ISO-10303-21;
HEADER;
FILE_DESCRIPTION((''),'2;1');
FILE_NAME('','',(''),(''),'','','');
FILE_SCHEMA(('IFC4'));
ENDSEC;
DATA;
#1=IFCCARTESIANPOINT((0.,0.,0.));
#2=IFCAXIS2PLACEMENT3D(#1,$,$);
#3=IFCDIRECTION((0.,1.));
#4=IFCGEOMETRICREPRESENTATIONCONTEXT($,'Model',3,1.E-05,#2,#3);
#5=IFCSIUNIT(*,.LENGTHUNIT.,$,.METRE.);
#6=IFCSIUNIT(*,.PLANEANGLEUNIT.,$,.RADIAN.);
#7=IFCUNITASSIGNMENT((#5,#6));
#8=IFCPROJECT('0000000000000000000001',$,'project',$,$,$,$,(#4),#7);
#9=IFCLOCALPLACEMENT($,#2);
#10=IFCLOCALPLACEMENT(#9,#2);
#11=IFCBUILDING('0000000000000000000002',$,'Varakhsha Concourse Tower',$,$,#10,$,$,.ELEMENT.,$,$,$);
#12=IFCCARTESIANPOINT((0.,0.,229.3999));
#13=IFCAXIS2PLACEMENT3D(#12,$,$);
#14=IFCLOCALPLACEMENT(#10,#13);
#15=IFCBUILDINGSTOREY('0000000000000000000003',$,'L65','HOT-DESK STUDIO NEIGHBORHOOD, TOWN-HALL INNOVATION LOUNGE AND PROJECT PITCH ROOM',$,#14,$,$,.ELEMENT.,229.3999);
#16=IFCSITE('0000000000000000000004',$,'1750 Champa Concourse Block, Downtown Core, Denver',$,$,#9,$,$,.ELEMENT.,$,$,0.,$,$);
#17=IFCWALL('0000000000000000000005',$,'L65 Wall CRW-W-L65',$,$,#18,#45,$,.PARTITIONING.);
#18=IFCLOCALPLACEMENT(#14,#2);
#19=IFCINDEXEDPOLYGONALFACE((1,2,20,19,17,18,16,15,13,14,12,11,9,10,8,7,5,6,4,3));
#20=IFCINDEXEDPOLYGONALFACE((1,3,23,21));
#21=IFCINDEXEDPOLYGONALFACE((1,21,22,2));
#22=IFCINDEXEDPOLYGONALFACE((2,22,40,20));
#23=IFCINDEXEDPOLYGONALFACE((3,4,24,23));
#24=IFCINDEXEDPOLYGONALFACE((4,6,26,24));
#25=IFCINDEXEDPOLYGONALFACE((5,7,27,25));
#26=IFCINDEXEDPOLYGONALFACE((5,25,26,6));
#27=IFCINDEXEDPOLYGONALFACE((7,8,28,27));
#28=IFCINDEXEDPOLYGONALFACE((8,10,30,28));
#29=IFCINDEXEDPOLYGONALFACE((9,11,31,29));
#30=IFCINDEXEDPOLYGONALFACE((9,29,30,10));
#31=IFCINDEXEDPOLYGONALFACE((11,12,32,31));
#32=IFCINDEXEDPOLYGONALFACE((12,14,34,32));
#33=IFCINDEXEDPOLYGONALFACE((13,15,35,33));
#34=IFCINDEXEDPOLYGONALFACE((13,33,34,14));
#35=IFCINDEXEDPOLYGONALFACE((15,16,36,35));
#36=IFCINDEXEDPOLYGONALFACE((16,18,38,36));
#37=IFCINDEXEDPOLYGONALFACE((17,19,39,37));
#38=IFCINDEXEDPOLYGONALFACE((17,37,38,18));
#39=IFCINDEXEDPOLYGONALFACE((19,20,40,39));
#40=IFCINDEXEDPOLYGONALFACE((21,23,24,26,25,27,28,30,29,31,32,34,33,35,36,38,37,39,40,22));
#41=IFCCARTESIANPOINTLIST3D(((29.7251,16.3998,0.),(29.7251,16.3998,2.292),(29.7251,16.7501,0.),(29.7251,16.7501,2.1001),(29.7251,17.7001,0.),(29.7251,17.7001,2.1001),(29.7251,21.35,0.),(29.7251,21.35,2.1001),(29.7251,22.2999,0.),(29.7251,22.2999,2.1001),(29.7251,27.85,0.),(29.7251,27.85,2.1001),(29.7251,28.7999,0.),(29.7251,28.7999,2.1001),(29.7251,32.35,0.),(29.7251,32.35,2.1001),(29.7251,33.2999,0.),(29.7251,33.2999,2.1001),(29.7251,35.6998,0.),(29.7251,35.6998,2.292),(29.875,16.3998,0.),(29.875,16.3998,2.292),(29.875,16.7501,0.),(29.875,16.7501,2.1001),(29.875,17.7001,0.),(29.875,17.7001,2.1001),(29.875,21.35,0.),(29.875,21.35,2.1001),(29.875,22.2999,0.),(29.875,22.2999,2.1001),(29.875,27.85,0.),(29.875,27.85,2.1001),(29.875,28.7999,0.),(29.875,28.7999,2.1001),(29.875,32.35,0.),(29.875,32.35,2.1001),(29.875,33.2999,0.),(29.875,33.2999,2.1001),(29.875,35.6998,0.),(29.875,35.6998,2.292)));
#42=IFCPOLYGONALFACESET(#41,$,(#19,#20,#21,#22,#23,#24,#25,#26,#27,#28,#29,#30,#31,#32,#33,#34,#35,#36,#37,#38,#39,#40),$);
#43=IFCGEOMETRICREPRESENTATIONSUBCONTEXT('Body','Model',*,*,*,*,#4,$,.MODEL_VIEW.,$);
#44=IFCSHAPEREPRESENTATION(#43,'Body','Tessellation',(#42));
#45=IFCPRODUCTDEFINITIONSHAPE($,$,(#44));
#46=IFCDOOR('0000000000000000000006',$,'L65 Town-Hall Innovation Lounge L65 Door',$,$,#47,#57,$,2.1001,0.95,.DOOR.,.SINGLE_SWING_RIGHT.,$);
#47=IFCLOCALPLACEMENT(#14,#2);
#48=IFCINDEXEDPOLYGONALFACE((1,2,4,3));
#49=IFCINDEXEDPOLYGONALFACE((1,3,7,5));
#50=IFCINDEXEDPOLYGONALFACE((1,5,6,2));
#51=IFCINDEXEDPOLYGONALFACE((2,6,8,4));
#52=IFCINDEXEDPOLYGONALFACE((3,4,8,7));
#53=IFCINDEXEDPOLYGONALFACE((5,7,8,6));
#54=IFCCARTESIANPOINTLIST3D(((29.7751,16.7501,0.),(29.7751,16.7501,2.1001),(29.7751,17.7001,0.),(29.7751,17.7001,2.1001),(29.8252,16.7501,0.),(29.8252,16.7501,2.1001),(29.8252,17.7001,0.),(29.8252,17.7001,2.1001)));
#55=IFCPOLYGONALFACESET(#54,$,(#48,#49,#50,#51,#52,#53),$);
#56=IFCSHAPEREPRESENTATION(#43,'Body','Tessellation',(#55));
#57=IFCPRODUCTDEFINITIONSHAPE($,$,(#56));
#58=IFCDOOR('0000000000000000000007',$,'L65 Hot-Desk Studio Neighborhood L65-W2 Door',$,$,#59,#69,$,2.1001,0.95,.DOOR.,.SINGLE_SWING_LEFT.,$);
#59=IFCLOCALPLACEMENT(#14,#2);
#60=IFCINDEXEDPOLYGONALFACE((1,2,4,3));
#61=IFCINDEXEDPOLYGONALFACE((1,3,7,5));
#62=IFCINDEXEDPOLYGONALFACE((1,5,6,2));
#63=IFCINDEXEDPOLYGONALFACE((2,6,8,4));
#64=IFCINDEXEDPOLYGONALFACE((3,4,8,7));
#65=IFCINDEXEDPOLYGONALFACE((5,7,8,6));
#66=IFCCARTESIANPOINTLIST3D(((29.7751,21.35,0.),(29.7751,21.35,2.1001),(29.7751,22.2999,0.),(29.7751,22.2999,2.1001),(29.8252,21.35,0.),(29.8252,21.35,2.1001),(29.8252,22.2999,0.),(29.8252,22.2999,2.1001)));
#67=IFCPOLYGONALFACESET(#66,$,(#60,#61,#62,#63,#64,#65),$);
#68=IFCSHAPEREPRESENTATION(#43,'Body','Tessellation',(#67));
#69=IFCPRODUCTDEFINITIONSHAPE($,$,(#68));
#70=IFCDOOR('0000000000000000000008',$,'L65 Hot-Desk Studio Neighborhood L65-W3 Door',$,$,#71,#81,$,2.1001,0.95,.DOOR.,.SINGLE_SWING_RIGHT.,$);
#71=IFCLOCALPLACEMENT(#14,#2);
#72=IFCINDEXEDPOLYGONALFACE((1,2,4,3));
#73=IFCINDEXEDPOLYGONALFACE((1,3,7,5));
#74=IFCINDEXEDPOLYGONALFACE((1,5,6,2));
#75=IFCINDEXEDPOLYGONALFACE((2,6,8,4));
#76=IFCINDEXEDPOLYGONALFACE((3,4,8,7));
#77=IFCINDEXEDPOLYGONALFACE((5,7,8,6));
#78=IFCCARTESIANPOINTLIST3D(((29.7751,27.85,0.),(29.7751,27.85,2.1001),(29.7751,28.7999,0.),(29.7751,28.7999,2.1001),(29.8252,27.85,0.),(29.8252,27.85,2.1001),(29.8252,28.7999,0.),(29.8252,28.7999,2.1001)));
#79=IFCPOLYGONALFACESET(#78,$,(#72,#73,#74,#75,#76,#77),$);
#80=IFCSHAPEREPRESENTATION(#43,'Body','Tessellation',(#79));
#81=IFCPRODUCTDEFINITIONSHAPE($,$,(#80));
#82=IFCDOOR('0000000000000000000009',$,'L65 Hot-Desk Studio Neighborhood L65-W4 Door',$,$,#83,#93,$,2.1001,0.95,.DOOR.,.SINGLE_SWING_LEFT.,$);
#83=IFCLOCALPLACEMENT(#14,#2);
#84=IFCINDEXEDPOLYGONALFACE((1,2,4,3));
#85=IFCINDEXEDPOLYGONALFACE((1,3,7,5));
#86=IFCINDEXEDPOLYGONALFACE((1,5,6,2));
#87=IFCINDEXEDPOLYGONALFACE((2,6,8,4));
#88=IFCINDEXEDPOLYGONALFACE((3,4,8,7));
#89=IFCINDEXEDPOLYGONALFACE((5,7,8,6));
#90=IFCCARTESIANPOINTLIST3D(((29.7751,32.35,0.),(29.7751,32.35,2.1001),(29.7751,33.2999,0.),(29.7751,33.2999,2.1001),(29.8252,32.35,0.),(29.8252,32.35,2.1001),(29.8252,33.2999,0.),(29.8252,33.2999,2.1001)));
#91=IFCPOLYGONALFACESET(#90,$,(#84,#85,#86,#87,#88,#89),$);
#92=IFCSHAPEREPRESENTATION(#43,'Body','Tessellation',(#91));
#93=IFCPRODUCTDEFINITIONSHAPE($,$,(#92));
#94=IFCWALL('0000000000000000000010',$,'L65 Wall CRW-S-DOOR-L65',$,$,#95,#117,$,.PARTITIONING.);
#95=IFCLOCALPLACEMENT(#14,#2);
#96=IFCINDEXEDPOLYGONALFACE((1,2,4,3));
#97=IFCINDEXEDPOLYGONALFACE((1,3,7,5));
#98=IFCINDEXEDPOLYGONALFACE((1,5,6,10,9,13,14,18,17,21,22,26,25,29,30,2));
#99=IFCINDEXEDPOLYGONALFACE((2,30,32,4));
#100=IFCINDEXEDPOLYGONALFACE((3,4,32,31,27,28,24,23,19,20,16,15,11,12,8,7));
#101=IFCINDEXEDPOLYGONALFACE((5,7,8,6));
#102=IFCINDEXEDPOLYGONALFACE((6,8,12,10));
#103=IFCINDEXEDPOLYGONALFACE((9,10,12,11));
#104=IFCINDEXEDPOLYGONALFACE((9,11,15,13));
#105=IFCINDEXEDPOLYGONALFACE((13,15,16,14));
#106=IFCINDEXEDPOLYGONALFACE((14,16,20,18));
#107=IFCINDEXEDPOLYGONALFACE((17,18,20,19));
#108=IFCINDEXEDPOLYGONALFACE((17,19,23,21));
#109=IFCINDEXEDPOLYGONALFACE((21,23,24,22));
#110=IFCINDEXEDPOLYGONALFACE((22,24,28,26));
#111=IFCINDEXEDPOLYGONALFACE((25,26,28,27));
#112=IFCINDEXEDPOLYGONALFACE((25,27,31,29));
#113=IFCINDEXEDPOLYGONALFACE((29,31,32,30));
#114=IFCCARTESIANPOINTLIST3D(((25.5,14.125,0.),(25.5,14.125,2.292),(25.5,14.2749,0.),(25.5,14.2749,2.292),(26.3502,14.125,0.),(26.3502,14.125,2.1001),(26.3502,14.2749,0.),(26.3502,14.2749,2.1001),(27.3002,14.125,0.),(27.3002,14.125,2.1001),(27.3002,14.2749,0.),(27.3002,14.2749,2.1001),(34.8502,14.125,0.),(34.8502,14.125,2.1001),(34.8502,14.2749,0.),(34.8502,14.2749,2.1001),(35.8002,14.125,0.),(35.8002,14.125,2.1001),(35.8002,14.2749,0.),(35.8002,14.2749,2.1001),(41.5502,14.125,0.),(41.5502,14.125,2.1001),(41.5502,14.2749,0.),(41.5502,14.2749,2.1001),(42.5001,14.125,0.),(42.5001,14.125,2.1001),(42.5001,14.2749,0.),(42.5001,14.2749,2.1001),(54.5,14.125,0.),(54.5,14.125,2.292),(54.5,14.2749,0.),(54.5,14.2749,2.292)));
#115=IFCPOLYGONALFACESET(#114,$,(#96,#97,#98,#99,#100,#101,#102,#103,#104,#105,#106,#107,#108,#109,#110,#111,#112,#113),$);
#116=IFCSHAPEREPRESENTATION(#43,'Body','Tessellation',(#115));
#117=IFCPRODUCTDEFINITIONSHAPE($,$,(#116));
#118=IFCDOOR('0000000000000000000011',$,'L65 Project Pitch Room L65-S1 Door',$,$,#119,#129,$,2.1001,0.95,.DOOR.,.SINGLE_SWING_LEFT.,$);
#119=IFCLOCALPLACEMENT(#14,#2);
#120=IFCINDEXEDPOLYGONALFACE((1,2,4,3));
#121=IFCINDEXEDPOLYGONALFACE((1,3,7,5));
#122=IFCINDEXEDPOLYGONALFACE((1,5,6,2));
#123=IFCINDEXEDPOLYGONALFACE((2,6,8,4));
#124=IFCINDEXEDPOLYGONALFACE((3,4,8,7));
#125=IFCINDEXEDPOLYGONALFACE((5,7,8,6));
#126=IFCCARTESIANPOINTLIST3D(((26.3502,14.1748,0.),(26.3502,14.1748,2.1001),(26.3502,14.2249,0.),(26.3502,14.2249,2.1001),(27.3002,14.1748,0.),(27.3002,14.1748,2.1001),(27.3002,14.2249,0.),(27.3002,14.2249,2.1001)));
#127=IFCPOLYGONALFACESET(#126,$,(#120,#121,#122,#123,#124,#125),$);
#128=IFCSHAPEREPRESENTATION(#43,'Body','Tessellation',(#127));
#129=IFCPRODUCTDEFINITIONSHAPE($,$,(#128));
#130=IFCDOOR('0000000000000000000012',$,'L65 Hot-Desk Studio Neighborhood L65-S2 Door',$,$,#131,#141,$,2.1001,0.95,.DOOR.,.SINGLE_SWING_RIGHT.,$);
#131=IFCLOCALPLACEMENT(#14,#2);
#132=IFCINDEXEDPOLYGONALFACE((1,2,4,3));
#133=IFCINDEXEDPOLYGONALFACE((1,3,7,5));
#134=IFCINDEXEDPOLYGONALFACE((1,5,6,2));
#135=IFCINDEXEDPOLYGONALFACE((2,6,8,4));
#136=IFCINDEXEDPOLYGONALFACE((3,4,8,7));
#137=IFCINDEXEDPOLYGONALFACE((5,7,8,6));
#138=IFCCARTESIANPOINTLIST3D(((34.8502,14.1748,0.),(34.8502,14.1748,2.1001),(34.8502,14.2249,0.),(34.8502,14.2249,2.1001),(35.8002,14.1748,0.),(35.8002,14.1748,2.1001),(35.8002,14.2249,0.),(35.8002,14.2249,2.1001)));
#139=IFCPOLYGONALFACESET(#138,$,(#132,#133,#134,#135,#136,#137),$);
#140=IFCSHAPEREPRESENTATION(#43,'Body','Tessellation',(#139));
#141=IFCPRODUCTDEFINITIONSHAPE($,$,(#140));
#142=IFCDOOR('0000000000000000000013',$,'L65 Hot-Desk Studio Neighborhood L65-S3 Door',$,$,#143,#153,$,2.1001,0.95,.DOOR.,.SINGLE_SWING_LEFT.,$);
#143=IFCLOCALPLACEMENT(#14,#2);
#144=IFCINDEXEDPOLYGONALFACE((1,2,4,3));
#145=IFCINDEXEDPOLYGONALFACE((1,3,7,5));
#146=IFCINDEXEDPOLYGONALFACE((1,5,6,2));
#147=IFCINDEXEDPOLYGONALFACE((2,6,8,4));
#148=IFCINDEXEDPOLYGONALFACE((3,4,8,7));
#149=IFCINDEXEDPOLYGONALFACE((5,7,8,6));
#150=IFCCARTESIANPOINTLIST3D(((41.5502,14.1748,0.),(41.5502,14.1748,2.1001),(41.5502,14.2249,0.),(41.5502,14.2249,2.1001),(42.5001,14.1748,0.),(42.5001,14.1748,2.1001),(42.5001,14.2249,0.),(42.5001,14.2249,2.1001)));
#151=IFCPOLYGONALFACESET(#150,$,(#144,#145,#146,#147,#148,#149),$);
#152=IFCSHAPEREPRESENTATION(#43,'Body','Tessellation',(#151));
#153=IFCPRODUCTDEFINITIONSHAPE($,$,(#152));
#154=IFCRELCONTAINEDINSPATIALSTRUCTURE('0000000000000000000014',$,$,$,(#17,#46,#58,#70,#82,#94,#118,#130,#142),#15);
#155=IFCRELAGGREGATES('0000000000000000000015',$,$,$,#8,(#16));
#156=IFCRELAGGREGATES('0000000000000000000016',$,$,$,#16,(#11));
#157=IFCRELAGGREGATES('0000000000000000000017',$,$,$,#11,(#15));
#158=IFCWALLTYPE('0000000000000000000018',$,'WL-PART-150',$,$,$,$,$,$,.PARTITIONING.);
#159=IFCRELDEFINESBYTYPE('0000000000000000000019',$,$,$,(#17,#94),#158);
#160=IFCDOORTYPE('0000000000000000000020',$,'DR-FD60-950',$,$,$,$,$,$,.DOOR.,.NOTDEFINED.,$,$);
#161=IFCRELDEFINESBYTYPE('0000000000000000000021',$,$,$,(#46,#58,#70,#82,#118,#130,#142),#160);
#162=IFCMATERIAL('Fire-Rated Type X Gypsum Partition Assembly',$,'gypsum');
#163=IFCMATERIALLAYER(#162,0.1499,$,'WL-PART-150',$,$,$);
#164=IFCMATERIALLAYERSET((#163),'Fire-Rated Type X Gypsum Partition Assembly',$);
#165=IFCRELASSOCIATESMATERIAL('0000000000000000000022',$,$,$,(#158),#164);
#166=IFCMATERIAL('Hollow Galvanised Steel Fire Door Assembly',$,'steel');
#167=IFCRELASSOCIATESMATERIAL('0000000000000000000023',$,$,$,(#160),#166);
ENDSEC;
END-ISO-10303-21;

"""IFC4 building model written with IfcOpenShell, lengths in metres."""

from ifc_helpers import new_model, si_unit, direction, frame, frame_2d, origin, place, context, subcontext, project, spatial, rectangle, extrude, material, layer, layer_set, type_object, element, fill, save


model = new_model("IFC4")

# Units and contexts
model_context = context("Model", 3, precision=1e-05, world=origin(), true_north=direction((0.0, 1.0)))
body_context = subcontext(model_context, "Body", "Model", "MODEL_VIEW")
ifc_project = project(units=[si_unit("LENGTHUNIT", "METRE"), si_unit("PLANEANGLEUNIT", "RADIAN")], contexts=[model_context])

# Site, building, storey
site_placement = place(None, origin())
site = spatial("IfcSite", under=ifc_project, at=site_placement, Name="1750 Champa Concourse Block, Downtown Core, Denver", CompositionType="ELEMENT", RefElevation=0.0)
building_placement = place(site_placement, origin())
building = spatial("IfcBuilding", under=site, at=building_placement, Name="Varakhsha Concourse Tower", CompositionType="ELEMENT")
storey_placement = place(building_placement, frame((0.0, 0.0, 229.3999)))
storey = spatial("IfcBuildingStorey", under=building, at=storey_placement, Name="L65", Description="HOT-DESK STUDIO NEIGHBORHOOD, TOWN-HALL INNOVATION LOUNGE AND PROJECT PITCH ROOM", CompositionType="ELEMENT", Elevation=229.3999)

# Walls, openings, doors
ifc_material_1 = material(Name="Fire-Rated Type X Gypsum Partition Assembly", Category="gypsum")
ifc_layer_1 = layer(ifc_material_1, 0.1499, Name="WL-PART-150")
ifc_layer_set_1 = layer_set([ifc_layer_1], Name="Fire-Rated Type X Gypsum Partition Assembly")
wall_type = type_object("IfcWallType", Name="WL-PART-150", PredefinedType="PARTITIONING", material=ifc_layer_set_1)
wall_1_placement = place(storey_placement, frame((29.8, 16.3999, 0.0), z_axis=(0.0, 0.0, 1.0), x_axis=(0.0, 1.0, 0.0)))
wall_1 = element("IfcWall", 1, at=wall_1_placement, inside=storey, type_object=wall_type, Name="L65 Wall CRW-W-L65", PredefinedType="PARTITIONING", context=body_context, shape_type="SweptSolid", body=[
    extrude(rectangle(XDim=19.3, YDim=0.1499, at=frame_2d((9.6499, 0.0))), origin(), (0.0, 0.0, 1.0), 2.292),
])
opening_1_placement = place(wall_1_placement, frame((0.3501, 0.0, 0.0)))
opening_1 = element("IfcOpeningElement", 2, at=opening_1_placement, cuts=wall_1, PredefinedType="OPENING", context=body_context, shape_type="SweptSolid", body=[
    extrude(rectangle(XDim=0.95, YDim=2.1001, at=frame_2d((0.4751, 1.05))), frame((0.0, 0.085, 0.0), z_axis=(0.0, -1.0, 0.0), x_axis=(1.0, 0.0, 0.0)), (0.0, 0.0, 1.0), 0.1699),
])
opening_2_placement = place(wall_1_placement, frame((4.95, 0.0, 0.0)))
opening_2 = element("IfcOpeningElement", 3, at=opening_2_placement, cuts=wall_1, PredefinedType="OPENING", context=body_context, shape_type="SweptSolid", body=[
    extrude(rectangle(XDim=0.95, YDim=2.1001, at=frame_2d((0.4751, 1.05))), frame((0.0, 0.085, 0.0), z_axis=(0.0, -1.0, 0.0), x_axis=(1.0, 0.0, 0.0)), (0.0, 0.0, 1.0), 0.1699),
])
opening_3_placement = place(wall_1_placement, frame((11.45, 0.0, 0.0)))
opening_3 = element("IfcOpeningElement", 4, at=opening_3_placement, cuts=wall_1, PredefinedType="OPENING", context=body_context, shape_type="SweptSolid", body=[
    extrude(rectangle(XDim=0.95, YDim=2.1001, at=frame_2d((0.4751, 1.05))), frame((0.0, 0.085, 0.0), z_axis=(0.0, -1.0, 0.0), x_axis=(1.0, 0.0, 0.0)), (0.0, 0.0, 1.0), 0.1699),
])
opening_4_placement = place(wall_1_placement, frame((15.95, 0.0, 0.0)))
opening_4 = element("IfcOpeningElement", 5, at=opening_4_placement, cuts=wall_1, PredefinedType="OPENING", context=body_context, shape_type="SweptSolid", body=[
    extrude(rectangle(XDim=0.95, YDim=2.1001, at=frame_2d((0.4751, 1.05))), frame((0.0, 0.085, 0.0), z_axis=(0.0, -1.0, 0.0), x_axis=(1.0, 0.0, 0.0)), (0.0, 0.0, 1.0), 0.1699),
])
ifc_material_2 = material(Name="Hollow Galvanised Steel Fire Door Assembly", Category="steel")
door_type = type_object("IfcDoorType", Name="DR-FD60-950", OperationType="NOTDEFINED", PredefinedType="DOOR", material=ifc_material_2)
door_1_placement = place(opening_1_placement, origin())
door_1 = element("IfcDoor", 6, at=door_1_placement, inside=storey, type_object=door_type, Name="L65 Town-Hall Innovation Lounge L65 Door", OperationType="SINGLE_SWING_RIGHT", OverallHeight=2.1001, OverallWidth=0.95, PredefinedType="DOOR", context=body_context, shape_type="SweptSolid", body=[
    extrude(rectangle(XDim=0.95, YDim=2.1001, at=frame_2d((0.4751, 1.05))), frame((0.0, 0.0249, 0.0), z_axis=(0.0, -1.0, 0.0), x_axis=(1.0, 0.0, 0.0)), (0.0, 0.0, 1.0), 0.05),
])
fill(opening_1, door_1)
door_2_placement = place(opening_2_placement, origin())
door_2 = element("IfcDoor", 7, at=door_2_placement, inside=storey, type_object=door_type, Name="L65 Hot-Desk Studio Neighborhood L65-W2 Door", OperationType="SINGLE_SWING_LEFT", OverallHeight=2.1001, OverallWidth=0.95, PredefinedType="DOOR", context=body_context, shape_type="SweptSolid", body=[
    extrude(rectangle(XDim=0.95, YDim=2.1001, at=frame_2d((0.4751, 1.05))), frame((0.0, 0.0249, 0.0), z_axis=(0.0, -1.0, 0.0), x_axis=(1.0, 0.0, 0.0)), (0.0, 0.0, 1.0), 0.05),
])
fill(opening_2, door_2)
door_3_placement = place(opening_3_placement, origin())
door_3 = element("IfcDoor", 8, at=door_3_placement, inside=storey, type_object=door_type, Name="L65 Hot-Desk Studio Neighborhood L65-W3 Door", OperationType="SINGLE_SWING_RIGHT", OverallHeight=2.1001, OverallWidth=0.95, PredefinedType="DOOR", context=body_context, shape_type="SweptSolid", body=[
    extrude(rectangle(XDim=0.95, YDim=2.1001, at=frame_2d((0.4751, 1.05))), frame((0.0, 0.0249, 0.0), z_axis=(0.0, -1.0, 0.0), x_axis=(1.0, 0.0, 0.0)), (0.0, 0.0, 1.0), 0.05),
])
fill(opening_3, door_3)
door_4_placement = place(opening_4_placement, origin())
door_4 = element("IfcDoor", 9, at=door_4_placement, inside=storey, type_object=door_type, Name="L65 Hot-Desk Studio Neighborhood L65-W4 Door", OperationType="SINGLE_SWING_LEFT", OverallHeight=2.1001, OverallWidth=0.95, PredefinedType="DOOR", context=body_context, shape_type="SweptSolid", body=[
    extrude(rectangle(XDim=0.95, YDim=2.1001, at=frame_2d((0.4751, 1.05))), frame((0.0, 0.0249, 0.0), z_axis=(0.0, -1.0, 0.0), x_axis=(1.0, 0.0, 0.0)), (0.0, 0.0, 1.0), 0.05),
])
fill(opening_4, door_4)
wall_2_placement = place(storey_placement, frame((25.5, 14.2, 0.0), z_axis=(0.0, 0.0, 1.0), x_axis=(1.0, 0.0, 0.0)))
wall_2 = element("IfcWall", 10, at=wall_2_placement, inside=storey, type_object=wall_type, Name="L65 Wall CRW-S-DOOR-L65", PredefinedType="PARTITIONING", context=body_context, shape_type="SweptSolid", body=[
    extrude(rectangle(XDim=29.0, YDim=0.1499, at=frame_2d((14.5, 0.0))), origin(), (0.0, 0.0, 1.0), 2.292),
])
opening_5_placement = place(wall_2_placement, frame((0.8501, 0.0, 0.0)))
opening_5 = element("IfcOpeningElement", 11, at=opening_5_placement, cuts=wall_2, PredefinedType="OPENING", context=body_context, shape_type="SweptSolid", body=[
    extrude(rectangle(XDim=0.95, YDim=2.1001, at=frame_2d((0.4751, 1.05))), frame((0.0, 0.085, 0.0), z_axis=(0.0, -1.0, 0.0), x_axis=(1.0, 0.0, 0.0)), (0.0, 0.0, 1.0), 0.1699),
])
opening_6_placement = place(wall_2_placement, frame((9.3501, 0.0, 0.0)))
opening_6 = element("IfcOpeningElement", 12, at=opening_6_placement, cuts=wall_2, PredefinedType="OPENING", context=body_context, shape_type="SweptSolid", body=[
    extrude(rectangle(XDim=0.95, YDim=2.1001, at=frame_2d((0.4751, 1.05))), frame((0.0, 0.085, 0.0), z_axis=(0.0, -1.0, 0.0), x_axis=(1.0, 0.0, 0.0)), (0.0, 0.0, 1.0), 0.1699),
])
opening_7_placement = place(wall_2_placement, frame((16.05, 0.0, 0.0)))
opening_7 = element("IfcOpeningElement", 13, at=opening_7_placement, cuts=wall_2, PredefinedType="OPENING", context=body_context, shape_type="SweptSolid", body=[
    extrude(rectangle(XDim=0.95, YDim=2.1001, at=frame_2d((0.4751, 1.05))), frame((0.0, 0.085, 0.0), z_axis=(0.0, -1.0, 0.0), x_axis=(1.0, 0.0, 0.0)), (0.0, 0.0, 1.0), 0.1699),
])
door_5_placement = place(opening_5_placement, origin())
door_5 = element("IfcDoor", 14, at=door_5_placement, inside=storey, type_object=door_type, Name="L65 Project Pitch Room L65-S1 Door", OperationType="SINGLE_SWING_LEFT", OverallHeight=2.1001, OverallWidth=0.95, PredefinedType="DOOR", context=body_context, shape_type="SweptSolid", body=[
    extrude(rectangle(XDim=0.95, YDim=2.1001, at=frame_2d((0.4751, 1.05))), frame((0.0, 0.0249, 0.0), z_axis=(0.0, -1.0, 0.0), x_axis=(1.0, 0.0, 0.0)), (0.0, 0.0, 1.0), 0.05),
])
fill(opening_5, door_5)
door_6_placement = place(opening_6_placement, origin())
door_6 = element("IfcDoor", 15, at=door_6_placement, inside=storey, type_object=door_type, Name="L65 Hot-Desk Studio Neighborhood L65-S2 Door", OperationType="SINGLE_SWING_RIGHT", OverallHeight=2.1001, OverallWidth=0.95, PredefinedType="DOOR", context=body_context, shape_type="SweptSolid", body=[
    extrude(rectangle(XDim=0.95, YDim=2.1001, at=frame_2d((0.4751, 1.05))), frame((0.0, 0.0249, 0.0), z_axis=(0.0, -1.0, 0.0), x_axis=(1.0, 0.0, 0.0)), (0.0, 0.0, 1.0), 0.05),
])
fill(opening_6, door_6)
door_7_placement = place(opening_7_placement, origin())
door_7 = element("IfcDoor", 16, at=door_7_placement, inside=storey, type_object=door_type, Name="L65 Hot-Desk Studio Neighborhood L65-S3 Door", OperationType="SINGLE_SWING_LEFT", OverallHeight=2.1001, OverallWidth=0.95, PredefinedType="DOOR", context=body_context, shape_type="SweptSolid", body=[
    extrude(rectangle(XDim=0.95, YDim=2.1001, at=frame_2d((0.4751, 1.05))), frame((0.0, 0.0249, 0.0), z_axis=(0.0, -1.0, 0.0), x_axis=(1.0, 0.0, 0.0)), (0.0, 0.0, 1.0), 0.05),
])
fill(opening_7, door_7)

save(model, "model.ifc")
